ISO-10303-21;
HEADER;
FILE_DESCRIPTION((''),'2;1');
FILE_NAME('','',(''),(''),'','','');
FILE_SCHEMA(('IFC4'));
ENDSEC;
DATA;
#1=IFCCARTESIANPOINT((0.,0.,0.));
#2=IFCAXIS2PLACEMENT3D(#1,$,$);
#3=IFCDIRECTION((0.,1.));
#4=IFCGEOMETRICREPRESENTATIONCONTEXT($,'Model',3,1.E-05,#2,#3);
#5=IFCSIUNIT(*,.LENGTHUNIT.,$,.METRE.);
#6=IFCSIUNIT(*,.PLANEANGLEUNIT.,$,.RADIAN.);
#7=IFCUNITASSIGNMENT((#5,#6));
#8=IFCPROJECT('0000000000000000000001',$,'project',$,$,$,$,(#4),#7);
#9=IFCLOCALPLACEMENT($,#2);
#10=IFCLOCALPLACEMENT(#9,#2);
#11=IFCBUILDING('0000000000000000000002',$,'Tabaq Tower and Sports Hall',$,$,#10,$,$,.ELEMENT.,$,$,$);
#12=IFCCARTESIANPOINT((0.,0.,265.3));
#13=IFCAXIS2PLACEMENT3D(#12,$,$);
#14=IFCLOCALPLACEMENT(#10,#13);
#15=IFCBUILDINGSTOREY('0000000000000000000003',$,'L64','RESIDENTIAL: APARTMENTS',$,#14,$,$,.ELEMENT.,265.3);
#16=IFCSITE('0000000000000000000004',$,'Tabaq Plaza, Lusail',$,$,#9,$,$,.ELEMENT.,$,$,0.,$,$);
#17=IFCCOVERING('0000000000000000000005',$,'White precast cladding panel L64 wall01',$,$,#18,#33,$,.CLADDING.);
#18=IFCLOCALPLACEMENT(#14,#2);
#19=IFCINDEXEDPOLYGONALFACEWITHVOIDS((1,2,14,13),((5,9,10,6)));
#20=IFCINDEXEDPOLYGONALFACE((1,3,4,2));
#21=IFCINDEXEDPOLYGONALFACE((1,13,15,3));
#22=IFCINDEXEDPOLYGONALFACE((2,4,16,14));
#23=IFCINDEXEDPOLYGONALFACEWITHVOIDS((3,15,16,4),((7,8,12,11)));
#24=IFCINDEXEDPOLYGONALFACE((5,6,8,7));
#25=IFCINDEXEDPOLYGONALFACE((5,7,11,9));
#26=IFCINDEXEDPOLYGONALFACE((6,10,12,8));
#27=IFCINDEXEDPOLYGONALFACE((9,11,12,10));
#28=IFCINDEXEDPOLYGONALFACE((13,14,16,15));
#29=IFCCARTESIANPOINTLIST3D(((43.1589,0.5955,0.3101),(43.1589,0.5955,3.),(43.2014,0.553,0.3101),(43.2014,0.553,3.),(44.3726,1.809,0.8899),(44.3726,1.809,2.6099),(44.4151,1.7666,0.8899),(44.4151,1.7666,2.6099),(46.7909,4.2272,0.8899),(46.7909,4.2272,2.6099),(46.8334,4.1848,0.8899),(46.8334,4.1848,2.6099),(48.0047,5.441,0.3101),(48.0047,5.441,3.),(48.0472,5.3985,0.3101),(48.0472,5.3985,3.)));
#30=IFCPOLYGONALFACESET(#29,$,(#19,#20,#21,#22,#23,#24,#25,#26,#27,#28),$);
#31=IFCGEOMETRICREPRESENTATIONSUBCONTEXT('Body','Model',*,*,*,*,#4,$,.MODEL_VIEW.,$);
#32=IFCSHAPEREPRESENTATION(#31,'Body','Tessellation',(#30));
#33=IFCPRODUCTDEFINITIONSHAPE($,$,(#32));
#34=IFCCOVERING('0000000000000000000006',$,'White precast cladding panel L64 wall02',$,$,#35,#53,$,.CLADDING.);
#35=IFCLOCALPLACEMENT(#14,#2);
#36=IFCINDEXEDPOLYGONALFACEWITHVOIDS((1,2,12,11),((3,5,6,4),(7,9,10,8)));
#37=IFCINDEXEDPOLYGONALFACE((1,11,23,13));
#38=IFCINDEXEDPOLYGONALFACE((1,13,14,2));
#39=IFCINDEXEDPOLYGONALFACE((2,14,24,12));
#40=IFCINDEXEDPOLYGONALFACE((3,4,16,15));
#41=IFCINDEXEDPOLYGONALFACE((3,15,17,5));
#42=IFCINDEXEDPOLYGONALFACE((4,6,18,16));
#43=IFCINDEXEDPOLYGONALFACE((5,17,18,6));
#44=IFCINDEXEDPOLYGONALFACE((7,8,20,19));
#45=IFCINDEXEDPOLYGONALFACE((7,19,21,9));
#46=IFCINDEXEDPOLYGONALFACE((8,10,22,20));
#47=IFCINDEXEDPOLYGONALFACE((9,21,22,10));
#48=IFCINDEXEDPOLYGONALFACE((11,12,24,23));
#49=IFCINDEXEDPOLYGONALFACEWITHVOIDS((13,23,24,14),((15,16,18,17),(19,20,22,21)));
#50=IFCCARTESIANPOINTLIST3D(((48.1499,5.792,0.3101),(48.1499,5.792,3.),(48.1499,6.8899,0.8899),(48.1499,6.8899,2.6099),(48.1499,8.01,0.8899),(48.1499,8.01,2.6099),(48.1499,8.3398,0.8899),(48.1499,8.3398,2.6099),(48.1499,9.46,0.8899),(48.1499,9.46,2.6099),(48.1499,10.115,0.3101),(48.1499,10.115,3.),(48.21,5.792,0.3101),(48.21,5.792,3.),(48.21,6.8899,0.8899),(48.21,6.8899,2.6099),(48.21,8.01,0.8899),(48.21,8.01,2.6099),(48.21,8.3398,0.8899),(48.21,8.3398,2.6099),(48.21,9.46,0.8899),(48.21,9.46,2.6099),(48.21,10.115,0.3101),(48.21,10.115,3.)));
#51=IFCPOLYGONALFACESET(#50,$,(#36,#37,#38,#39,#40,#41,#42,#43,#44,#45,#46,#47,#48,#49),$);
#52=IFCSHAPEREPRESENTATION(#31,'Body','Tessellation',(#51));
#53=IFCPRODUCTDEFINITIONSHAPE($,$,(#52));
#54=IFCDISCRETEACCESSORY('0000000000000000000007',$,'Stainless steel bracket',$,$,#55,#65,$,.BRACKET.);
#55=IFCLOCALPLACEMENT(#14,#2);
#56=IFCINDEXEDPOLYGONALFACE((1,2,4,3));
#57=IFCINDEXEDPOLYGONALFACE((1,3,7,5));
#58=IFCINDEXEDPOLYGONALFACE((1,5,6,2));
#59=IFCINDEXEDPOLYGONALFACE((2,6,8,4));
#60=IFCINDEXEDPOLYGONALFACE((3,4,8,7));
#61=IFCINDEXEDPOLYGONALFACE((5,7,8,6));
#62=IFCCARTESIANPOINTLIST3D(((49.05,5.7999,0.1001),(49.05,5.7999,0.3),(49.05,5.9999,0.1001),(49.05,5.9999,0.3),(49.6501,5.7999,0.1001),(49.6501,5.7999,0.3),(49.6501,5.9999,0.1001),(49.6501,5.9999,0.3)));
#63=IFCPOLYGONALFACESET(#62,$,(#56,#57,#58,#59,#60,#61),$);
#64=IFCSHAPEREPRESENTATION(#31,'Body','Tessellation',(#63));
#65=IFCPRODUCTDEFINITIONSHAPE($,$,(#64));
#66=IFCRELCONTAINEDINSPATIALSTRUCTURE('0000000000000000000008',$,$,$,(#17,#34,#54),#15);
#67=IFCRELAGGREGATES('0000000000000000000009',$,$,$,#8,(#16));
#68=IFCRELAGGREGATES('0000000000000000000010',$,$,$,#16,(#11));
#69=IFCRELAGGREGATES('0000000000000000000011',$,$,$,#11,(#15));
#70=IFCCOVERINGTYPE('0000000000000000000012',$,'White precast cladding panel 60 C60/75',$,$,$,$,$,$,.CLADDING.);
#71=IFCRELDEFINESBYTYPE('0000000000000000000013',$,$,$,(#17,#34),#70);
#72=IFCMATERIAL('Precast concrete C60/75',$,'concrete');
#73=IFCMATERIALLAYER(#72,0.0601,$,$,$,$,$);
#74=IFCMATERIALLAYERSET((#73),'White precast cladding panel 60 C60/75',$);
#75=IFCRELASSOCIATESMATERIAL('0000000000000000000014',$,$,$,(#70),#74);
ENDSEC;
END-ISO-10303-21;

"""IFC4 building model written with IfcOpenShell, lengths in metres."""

from ifc_helpers import new_model, si_unit, direction, frame, origin, origin_2d, place, context, subcontext, project, spatial, polyline, rectangle, outline, extrude, material, layer, layer_set, type_object, element, save


model = new_model("IFC4")

# Units and contexts
model_context = context("Model", 3, precision=1e-05, world=origin(), true_north=direction((0.0, 1.0)))
body_context = subcontext(model_context, "Body", "Model", "MODEL_VIEW")
ifc_project = project(units=[si_unit("LENGTHUNIT", "METRE"), si_unit("PLANEANGLEUNIT", "RADIAN")], contexts=[model_context])

# Site, building, storey
site_placement = place(None, origin())
site = spatial("IfcSite", under=ifc_project, at=site_placement, Name="Tabaq Plaza, Lusail", CompositionType="ELEMENT", RefElevation=0.0)
building_placement = place(site_placement, origin())
building = spatial("IfcBuilding", under=site, at=building_placement, Name="Tabaq Tower and Sports Hall", CompositionType="ELEMENT")
storey_placement = place(building_placement, frame((0.0, 0.0, 265.3)))
storey = spatial("IfcBuildingStorey", under=building, at=storey_placement, Name="L64", Description="RESIDENTIAL: APARTMENTS", CompositionType="ELEMENT", Elevation=265.3)

# Coverings
ifc_material_1 = material(Name="Precast concrete C60/75", Category="concrete")
ifc_layer_1 = layer(ifc_material_1, 0.0601)
ifc_layer_set_1 = layer_set([ifc_layer_1], Name="White precast cladding panel 60 C60/75")
covering_type_1 = type_object("IfcCoveringType", Name="White precast cladding panel 60 C60/75", PredefinedType="CLADDING", material=ifc_layer_set_1)
covering_1_placement = place(storey_placement, frame((43.1802, 0.5742, 0.3101), z_axis=(0.0, 0.0, 1.0), x_axis=(0.707125, 0.707089, 0.0)))
element("IfcCovering", 1, at=covering_1_placement, inside=storey, type_object=covering_type_1, Name="White precast cladding panel L64 wall01", PredefinedType="CLADDING", context=body_context, shape_type="SweptSolid", body=[
    extrude(outline(polyline([(0.0, 0.0), (6.8528, 0.0), (6.8528, 2.6899), (0.0, 2.6899), (0.0, 0.0)]), holes=[polyline([(1.7163, 0.5798), (1.7163, 2.2998), (5.1362, 2.2998), (5.1362, 0.5798), (1.7163, 0.5798)])]), frame((0.0, 0.03, 0.0), z_axis=(0.0, -1.0, 0.0), x_axis=(1.0, 0.0, 0.0)), (0.0, 0.0, 1.0), 0.0601),
])
covering_2_placement = place(storey_placement, frame((48.1799, 5.792, 0.3101), z_axis=(0.0, 0.0, 1.0), x_axis=(0.0, 1.0, 0.0)))
element("IfcCovering", 2, at=covering_2_placement, inside=storey, type_object=covering_type_1, Name="White precast cladding panel L64 wall02", PredefinedType="CLADDING", context=body_context, shape_type="SweptSolid", body=[
    extrude(outline(polyline([(0.0, 0.0), (4.323, 0.0), (4.323, 2.6899), (0.0, 2.6899), (0.0, 0.0)]), holes=[polyline([(1.0979, 2.2998), (2.218, 2.2998), (2.218, 0.5798), (1.0979, 0.5798), (1.0979, 2.2998)]), polyline([(2.5479, 2.2998), (3.668, 2.2998), (3.668, 0.5798), (2.5479, 0.5798), (2.5479, 2.2998)])]), frame((0.0, 0.03, 0.0), z_axis=(0.0, -1.0, 0.0), x_axis=(1.0, 0.0, 0.0)), (0.0, 0.0, 1.0), 0.0601),
])

# Discrete accessory
discrete_accessory_placement = place(storey_placement, frame((49.3501, 5.8999, 0.1001), z_axis=(0.0, 0.0, 1.0), x_axis=(1.0, 0.0, 0.0)))
element("IfcDiscreteAccessory", 3, at=discrete_accessory_placement, inside=storey, Name="Stainless steel bracket", PredefinedType="BRACKET", context=body_context, shape_type="SweptSolid", body=[
    extrude(rectangle(XDim=0.6001, YDim=0.2, at=origin_2d()), origin(), (0.0, 0.0, 1.0), 0.2),
])

save(model, "model.ifc")
